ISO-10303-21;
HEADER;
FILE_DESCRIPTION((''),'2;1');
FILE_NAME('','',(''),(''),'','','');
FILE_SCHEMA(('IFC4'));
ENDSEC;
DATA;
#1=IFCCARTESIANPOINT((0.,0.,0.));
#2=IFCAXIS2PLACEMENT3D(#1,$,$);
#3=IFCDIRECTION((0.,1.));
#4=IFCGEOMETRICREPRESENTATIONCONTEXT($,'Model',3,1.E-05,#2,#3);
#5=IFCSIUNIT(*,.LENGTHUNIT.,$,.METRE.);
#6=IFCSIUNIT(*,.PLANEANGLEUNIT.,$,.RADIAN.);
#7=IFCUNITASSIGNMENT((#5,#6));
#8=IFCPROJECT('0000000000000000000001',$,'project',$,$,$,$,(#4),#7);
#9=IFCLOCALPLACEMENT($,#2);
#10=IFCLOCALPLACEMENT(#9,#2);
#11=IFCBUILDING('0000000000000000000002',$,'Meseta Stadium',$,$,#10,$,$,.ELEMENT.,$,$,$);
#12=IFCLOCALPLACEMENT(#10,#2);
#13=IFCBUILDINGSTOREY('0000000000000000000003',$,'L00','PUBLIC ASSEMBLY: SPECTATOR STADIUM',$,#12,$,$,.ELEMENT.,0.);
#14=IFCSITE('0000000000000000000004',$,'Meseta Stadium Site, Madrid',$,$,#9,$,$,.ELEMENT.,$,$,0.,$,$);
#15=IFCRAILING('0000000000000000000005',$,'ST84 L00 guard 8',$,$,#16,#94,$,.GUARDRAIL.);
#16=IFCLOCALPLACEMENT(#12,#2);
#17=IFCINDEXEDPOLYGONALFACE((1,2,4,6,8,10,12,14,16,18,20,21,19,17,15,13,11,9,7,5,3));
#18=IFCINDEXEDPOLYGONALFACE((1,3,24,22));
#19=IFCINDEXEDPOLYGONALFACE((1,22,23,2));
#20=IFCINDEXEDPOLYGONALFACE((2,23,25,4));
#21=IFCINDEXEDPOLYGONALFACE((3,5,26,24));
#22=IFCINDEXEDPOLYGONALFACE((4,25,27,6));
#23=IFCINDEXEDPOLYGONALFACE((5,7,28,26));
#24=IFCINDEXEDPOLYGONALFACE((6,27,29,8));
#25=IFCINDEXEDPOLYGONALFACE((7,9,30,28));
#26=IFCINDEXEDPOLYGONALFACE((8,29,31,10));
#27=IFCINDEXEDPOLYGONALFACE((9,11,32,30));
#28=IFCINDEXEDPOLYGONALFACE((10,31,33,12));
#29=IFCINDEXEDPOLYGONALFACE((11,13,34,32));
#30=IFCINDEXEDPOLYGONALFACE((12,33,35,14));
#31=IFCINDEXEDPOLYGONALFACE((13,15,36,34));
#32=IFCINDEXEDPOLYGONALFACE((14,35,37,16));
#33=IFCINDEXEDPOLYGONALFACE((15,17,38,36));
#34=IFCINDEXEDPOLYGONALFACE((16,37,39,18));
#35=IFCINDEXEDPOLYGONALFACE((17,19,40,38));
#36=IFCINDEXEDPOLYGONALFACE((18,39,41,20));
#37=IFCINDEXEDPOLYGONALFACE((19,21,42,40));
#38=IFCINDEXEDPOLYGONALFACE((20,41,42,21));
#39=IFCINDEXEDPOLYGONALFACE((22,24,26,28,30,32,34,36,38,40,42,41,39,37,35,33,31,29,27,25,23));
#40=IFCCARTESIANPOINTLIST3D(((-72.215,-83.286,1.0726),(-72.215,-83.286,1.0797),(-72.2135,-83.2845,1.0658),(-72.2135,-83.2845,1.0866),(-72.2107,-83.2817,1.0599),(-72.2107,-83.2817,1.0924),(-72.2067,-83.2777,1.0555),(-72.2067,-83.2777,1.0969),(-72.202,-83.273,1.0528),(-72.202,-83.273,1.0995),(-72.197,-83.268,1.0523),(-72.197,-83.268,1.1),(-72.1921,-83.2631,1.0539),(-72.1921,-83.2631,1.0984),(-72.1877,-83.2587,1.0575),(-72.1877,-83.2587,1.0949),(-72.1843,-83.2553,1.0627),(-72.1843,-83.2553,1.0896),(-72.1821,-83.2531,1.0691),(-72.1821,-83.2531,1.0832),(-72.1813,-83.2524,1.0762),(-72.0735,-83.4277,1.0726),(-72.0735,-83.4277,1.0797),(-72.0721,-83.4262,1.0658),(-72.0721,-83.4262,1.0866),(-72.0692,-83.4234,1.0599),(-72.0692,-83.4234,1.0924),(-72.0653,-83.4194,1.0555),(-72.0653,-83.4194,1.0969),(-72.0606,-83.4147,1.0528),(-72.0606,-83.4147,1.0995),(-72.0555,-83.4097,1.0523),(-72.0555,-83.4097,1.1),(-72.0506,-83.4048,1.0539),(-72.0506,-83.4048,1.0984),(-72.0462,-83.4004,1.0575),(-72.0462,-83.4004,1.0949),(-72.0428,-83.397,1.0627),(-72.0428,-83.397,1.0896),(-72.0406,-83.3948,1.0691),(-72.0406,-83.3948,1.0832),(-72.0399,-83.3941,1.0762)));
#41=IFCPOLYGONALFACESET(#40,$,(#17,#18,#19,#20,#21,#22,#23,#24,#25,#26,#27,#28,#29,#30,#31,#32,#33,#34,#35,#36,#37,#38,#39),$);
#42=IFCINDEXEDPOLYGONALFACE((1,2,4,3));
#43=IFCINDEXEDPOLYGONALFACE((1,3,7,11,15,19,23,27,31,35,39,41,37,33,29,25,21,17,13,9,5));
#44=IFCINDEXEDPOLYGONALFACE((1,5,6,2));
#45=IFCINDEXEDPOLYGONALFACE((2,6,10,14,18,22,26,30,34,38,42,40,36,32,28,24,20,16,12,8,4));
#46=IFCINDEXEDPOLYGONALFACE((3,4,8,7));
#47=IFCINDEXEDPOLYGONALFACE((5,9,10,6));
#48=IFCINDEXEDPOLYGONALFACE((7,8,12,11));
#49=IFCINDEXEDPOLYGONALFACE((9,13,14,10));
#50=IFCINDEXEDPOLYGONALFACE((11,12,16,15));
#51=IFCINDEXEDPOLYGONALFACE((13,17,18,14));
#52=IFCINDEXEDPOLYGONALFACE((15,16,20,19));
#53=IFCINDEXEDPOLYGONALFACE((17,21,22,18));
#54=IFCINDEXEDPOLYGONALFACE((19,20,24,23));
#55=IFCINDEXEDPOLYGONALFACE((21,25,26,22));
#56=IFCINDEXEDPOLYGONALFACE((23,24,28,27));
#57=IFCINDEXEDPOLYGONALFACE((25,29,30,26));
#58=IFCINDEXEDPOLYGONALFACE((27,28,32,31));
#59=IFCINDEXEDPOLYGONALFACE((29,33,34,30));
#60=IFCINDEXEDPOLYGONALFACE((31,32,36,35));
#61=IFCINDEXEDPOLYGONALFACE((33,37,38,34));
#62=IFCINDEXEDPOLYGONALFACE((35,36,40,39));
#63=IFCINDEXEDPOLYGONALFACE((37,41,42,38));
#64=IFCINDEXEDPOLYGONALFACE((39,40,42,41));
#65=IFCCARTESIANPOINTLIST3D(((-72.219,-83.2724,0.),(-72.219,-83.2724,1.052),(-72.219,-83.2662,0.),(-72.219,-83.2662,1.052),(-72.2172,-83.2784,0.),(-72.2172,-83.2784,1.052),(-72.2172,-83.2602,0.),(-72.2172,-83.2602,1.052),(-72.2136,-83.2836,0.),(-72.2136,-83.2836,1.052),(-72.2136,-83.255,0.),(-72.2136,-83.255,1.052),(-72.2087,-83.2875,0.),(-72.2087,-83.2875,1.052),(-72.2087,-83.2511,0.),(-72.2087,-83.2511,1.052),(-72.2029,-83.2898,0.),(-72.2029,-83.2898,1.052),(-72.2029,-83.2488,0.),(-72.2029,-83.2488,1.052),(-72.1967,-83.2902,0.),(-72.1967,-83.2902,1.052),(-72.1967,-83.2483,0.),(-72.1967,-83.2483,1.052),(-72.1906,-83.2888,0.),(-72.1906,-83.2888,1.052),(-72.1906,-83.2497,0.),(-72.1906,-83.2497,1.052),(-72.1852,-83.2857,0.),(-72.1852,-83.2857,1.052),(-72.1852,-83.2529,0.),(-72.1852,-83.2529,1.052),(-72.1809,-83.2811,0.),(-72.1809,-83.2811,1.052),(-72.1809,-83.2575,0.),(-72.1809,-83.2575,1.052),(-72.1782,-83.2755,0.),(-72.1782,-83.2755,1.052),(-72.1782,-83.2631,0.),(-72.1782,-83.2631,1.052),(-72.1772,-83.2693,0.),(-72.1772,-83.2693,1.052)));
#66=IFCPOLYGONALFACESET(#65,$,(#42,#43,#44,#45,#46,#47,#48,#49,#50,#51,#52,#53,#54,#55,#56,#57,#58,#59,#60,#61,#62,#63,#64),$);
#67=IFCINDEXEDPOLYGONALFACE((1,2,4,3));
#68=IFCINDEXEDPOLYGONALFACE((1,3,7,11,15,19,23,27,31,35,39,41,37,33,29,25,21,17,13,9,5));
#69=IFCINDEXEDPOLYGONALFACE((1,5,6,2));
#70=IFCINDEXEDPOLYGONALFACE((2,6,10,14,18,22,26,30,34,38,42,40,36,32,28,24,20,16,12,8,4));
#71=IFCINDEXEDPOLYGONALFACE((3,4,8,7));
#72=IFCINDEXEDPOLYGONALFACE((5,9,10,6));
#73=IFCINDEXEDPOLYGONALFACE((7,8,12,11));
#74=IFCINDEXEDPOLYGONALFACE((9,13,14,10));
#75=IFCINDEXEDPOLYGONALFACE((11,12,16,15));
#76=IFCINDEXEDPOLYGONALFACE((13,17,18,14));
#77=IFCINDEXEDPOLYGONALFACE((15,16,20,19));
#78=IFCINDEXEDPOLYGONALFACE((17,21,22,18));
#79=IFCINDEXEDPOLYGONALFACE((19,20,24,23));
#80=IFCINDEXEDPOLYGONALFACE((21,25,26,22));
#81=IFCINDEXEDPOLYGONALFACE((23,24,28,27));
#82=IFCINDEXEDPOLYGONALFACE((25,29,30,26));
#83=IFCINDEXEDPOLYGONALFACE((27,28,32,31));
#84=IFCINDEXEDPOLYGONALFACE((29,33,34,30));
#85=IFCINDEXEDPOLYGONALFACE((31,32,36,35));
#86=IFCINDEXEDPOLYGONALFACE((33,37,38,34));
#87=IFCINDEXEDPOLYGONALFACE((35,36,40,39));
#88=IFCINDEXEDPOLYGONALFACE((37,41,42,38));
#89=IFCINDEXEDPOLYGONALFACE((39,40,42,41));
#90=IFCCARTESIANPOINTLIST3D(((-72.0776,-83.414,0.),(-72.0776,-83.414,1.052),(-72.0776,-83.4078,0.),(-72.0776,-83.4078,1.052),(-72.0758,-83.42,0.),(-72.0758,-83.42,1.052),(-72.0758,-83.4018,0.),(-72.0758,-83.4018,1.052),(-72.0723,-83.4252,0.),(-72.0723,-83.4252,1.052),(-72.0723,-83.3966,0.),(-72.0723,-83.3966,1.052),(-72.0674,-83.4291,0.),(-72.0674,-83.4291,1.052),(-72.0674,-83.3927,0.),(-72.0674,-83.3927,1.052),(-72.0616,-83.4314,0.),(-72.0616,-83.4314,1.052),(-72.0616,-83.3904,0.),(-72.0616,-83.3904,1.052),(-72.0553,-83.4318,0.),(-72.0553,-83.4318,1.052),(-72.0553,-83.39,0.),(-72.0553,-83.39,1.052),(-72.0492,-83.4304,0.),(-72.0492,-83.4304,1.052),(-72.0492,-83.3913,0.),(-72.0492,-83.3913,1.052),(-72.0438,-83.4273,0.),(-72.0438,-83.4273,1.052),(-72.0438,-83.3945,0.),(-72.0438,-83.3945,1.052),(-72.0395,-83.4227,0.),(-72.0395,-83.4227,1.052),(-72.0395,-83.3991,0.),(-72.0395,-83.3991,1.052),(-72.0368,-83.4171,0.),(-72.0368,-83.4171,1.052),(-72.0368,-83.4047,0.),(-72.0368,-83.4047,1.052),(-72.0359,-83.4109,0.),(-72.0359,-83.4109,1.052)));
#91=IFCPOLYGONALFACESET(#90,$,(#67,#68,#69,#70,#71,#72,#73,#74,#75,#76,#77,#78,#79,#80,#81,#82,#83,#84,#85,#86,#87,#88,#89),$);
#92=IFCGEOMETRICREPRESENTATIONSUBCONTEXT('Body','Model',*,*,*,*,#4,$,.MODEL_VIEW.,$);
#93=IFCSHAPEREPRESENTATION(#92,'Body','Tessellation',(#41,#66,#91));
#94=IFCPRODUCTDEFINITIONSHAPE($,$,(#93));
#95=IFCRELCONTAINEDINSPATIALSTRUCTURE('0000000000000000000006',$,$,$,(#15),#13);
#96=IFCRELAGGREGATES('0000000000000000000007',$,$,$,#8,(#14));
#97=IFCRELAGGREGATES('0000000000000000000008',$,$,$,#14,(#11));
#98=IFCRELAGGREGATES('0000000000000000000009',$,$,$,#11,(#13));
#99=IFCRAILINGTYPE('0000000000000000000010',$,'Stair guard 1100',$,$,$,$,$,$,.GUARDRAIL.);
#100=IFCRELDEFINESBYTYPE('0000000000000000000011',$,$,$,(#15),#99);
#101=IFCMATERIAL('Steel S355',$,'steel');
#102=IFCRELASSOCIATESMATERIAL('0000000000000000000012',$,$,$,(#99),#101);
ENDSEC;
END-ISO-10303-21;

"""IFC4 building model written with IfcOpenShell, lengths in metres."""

from ifc_helpers import new_model, si_unit, direction, frame, origin, origin_2d, place, context, subcontext, project, spatial, circle, extrude, material, type_object, element, save


model = new_model("IFC4")

# Units and contexts
model_context = context("Model", 3, precision=1e-05, world=origin(), true_north=direction((0.0, 1.0)))
body_context = subcontext(model_context, "Body", "Model", "MODEL_VIEW")
ifc_project = project(units=[si_unit("LENGTHUNIT", "METRE"), si_unit("PLANEANGLEUNIT", "RADIAN")], contexts=[model_context])

# Site, building, storey
site_placement = place(None, origin())
site = spatial("IfcSite", under=ifc_project, at=site_placement, Name="Meseta Stadium Site, Madrid", CompositionType="ELEMENT", RefElevation=0.0)
building_placement = place(site_placement, origin())
building = spatial("IfcBuilding", under=site, at=building_placement, Name="Meseta Stadium", CompositionType="ELEMENT")
storey_placement = place(building_placement, origin())
storey = spatial("IfcBuildingStorey", under=building, at=storey_placement, Name="L00", Description="PUBLIC ASSEMBLY: SPECTATOR STADIUM", CompositionType="ELEMENT", Elevation=0.0)

# Railing
ifc_material_1 = material(Name="Steel S355", Category="steel")
railing_type_1 = type_object("IfcRailingType", Name="Stair guard 1100", PredefinedType="GUARDRAIL", material=ifc_material_1)
railing_1_placement = place(storey_placement, frame((-72.1982, -83.2693, 0.0)))
element("IfcRailing", 1, at=railing_1_placement, inside=storey, type_object=railing_type_1, Name="ST84 L00 guard 8", PredefinedType="GUARDRAIL", context=body_context, shape_type="SweptSolid", body=[
    extrude(circle(Radius=0.0239, at=origin_2d()), frame((0.0, 0.0, 1.0762), z_axis=(0.706496, -0.707717, 0.0), x_axis=(0.707717, 0.706496, 0.0)), (0.0, 0.0, 1.0), 0.2002),
    extrude(circle(Radius=0.021, at=origin_2d()), origin(), (0.0, 0.0, 1.0), 1.052),
    extrude(circle(Radius=0.021, at=origin_2d()), frame((0.1414, -0.1416, 0.0)), (0.0, 0.0, 1.0), 1.052),
])

save(model, "model.ifc")
